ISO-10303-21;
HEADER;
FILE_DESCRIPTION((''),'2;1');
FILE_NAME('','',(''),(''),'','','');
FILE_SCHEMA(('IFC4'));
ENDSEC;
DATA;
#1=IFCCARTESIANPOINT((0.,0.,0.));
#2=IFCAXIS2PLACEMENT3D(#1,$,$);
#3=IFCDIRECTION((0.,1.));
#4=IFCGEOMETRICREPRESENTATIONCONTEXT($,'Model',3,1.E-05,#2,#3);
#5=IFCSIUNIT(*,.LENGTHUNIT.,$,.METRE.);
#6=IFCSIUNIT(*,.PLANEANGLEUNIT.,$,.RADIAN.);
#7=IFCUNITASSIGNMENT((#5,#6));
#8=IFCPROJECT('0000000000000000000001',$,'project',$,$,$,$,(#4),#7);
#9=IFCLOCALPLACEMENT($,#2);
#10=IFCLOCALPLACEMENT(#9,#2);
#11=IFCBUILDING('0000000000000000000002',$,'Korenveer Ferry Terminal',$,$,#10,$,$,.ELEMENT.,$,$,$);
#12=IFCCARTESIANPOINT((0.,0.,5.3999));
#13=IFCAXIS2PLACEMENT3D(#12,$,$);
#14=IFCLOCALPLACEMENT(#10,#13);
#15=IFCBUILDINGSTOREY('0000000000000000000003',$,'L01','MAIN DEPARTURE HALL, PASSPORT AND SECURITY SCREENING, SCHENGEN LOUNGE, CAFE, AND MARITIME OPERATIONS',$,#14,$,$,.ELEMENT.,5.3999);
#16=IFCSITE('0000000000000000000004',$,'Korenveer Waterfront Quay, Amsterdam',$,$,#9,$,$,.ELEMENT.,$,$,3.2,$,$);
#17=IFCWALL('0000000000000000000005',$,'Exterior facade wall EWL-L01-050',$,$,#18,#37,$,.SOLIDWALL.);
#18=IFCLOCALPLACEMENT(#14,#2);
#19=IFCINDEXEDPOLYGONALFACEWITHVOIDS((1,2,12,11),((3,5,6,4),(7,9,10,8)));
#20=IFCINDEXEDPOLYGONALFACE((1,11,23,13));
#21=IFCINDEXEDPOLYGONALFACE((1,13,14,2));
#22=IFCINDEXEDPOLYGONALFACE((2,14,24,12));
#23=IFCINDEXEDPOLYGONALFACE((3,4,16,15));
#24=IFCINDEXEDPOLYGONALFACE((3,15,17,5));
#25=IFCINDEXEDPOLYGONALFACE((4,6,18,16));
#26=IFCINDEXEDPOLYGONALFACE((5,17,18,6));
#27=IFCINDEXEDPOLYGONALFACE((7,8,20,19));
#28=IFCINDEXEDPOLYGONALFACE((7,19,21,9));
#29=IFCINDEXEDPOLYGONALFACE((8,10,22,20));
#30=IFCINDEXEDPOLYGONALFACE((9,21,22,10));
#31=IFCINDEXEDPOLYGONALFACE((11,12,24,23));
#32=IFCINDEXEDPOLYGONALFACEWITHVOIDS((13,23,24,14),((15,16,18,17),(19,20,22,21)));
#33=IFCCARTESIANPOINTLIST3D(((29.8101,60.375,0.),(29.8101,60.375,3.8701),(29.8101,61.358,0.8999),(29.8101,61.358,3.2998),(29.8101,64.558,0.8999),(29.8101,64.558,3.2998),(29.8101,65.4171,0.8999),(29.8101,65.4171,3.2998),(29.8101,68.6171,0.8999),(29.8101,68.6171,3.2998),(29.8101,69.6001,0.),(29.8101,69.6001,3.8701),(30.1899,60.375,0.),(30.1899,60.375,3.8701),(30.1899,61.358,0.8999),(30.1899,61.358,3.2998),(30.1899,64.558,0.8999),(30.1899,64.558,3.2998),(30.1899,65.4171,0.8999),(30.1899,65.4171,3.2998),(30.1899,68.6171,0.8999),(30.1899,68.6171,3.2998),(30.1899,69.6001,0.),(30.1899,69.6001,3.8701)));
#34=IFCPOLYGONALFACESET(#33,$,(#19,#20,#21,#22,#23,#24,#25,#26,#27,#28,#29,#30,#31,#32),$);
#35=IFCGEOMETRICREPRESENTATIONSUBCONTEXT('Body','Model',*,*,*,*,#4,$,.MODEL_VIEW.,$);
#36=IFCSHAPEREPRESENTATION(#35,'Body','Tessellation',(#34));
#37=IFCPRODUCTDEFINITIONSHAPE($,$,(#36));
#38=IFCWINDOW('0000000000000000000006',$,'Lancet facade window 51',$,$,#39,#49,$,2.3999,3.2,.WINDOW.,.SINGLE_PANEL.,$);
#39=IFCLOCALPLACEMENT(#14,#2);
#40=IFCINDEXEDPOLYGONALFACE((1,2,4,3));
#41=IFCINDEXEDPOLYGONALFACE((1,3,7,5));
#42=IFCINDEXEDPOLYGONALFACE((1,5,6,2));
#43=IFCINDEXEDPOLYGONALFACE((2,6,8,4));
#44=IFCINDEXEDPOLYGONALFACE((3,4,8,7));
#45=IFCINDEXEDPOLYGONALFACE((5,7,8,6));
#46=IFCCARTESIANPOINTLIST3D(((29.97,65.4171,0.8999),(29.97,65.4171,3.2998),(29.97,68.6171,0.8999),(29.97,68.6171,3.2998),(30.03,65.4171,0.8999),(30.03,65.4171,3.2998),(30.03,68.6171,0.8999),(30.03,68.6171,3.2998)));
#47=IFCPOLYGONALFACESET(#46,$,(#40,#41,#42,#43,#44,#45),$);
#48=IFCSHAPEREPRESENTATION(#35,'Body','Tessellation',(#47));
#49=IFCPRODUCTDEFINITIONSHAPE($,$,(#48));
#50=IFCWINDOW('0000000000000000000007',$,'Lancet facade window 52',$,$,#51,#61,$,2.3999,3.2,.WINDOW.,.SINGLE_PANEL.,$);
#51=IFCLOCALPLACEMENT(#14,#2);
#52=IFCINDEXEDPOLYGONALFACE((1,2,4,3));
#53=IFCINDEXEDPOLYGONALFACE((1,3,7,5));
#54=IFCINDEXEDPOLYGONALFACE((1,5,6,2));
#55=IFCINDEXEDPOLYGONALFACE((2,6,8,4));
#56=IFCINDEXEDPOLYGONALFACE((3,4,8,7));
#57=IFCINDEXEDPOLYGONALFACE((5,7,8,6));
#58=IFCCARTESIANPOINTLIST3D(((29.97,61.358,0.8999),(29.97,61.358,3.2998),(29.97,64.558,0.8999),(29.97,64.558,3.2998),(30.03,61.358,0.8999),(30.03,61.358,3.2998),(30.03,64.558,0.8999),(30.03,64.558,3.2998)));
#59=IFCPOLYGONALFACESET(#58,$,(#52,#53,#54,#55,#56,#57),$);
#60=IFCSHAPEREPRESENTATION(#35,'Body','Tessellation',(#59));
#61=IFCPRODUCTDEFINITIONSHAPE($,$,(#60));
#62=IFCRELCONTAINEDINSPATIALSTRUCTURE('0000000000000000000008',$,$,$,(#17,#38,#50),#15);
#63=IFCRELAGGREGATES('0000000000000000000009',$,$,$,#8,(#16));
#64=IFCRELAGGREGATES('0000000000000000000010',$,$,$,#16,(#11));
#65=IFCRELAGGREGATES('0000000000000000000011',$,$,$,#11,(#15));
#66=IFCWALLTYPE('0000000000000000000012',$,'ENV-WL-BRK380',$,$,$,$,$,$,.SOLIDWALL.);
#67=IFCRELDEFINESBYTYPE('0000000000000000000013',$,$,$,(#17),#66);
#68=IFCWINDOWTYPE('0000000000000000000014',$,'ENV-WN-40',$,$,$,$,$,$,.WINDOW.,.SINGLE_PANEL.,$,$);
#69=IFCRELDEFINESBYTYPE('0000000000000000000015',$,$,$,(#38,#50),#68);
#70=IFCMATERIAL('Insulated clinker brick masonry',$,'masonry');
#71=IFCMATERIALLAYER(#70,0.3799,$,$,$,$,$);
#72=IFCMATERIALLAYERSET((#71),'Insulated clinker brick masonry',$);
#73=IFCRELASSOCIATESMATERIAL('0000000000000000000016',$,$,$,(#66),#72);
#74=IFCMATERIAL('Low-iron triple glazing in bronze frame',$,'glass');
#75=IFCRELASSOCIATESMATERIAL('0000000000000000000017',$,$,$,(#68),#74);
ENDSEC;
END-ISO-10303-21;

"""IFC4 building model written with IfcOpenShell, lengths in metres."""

from ifc_helpers import new_model, si_unit, direction, frame, frame_2d, origin, place, context, subcontext, project, spatial, rectangle, extrude, material, layer, layer_set, type_object, element, fill, save


model = new_model("IFC4")

# Units and contexts
model_context = context("Model", 3, precision=1e-05, world=origin(), true_north=direction((0.0, 1.0)))
body_context = subcontext(model_context, "Body", "Model", "MODEL_VIEW")
ifc_project = project(units=[si_unit("LENGTHUNIT", "METRE"), si_unit("PLANEANGLEUNIT", "RADIAN")], contexts=[model_context])

# Site, building, storey
site_placement = place(None, origin())
site = spatial("IfcSite", under=ifc_project, at=site_placement, Name="Korenveer Waterfront Quay, Amsterdam", CompositionType="ELEMENT", RefElevation=3.2)
building_placement = place(site_placement, origin())
building = spatial("IfcBuilding", under=site, at=building_placement, Name="Korenveer Ferry Terminal", CompositionType="ELEMENT")
storey_placement = place(building_placement, frame((0.0, 0.0, 5.3999)))
storey = spatial("IfcBuildingStorey", under=building, at=storey_placement, Name="L01", Description="MAIN DEPARTURE HALL, PASSPORT AND SECURITY SCREENING, SCHENGEN LOUNGE, CAFE, AND MARITIME OPERATIONS", CompositionType="ELEMENT", Elevation=5.3999)

# Wall, openings, windows
ifc_material_1 = material(Name="Insulated clinker brick masonry", Category="masonry")
ifc_layer_1 = layer(ifc_material_1, 0.3799)
ifc_layer_set_1 = layer_set([ifc_layer_1], Name="Insulated clinker brick masonry")
wall_type = type_object("IfcWallType", Name="ENV-WL-BRK380", PredefinedType="SOLIDWALL", material=ifc_layer_set_1)
ifc_material_2 = material(Name="Low-iron triple glazing in bronze frame", Category="glass")
wall_1_placement = place(storey_placement, frame((30.0, 69.6001, 0.0), z_axis=(0.0, 0.0, 1.0), x_axis=(0.0, -1.0, 0.0)))
wall_1 = element("IfcWall", 1, at=wall_1_placement, inside=storey, type_object=wall_type, Name="Exterior facade wall EWL-L01-050", PredefinedType="SOLIDWALL", context=body_context, shape_type="SweptSolid", body=[
    extrude(rectangle(XDim=9.2251, YDim=0.3799, at=frame_2d((4.6125, 0.0))), origin(), (0.0, 0.0, 1.0), 3.8701),
])
opening_1_placement = place(wall_1_placement, frame((0.9829, 0.0, 0.8999)))
opening_1 = element("IfcOpeningElement", 2, at=opening_1_placement, cuts=wall_1, PredefinedType="OPENING", context=body_context, shape_type="SweptSolid", body=[
    extrude(rectangle(XDim=3.2, YDim=2.3999, at=frame_2d((1.6001, 1.2))), frame((0.0, 0.2, 0.0), z_axis=(0.0, -1.0, 0.0), x_axis=(1.0, 0.0, 0.0)), (0.0, 0.0, 1.0), 0.3999),
])
opening_2_placement = place(wall_1_placement, frame((5.042, 0.0, 0.8999)))
opening_2 = element("IfcOpeningElement", 3, at=opening_2_placement, cuts=wall_1, PredefinedType="OPENING", context=body_context, shape_type="SweptSolid", body=[
    extrude(rectangle(XDim=3.2, YDim=2.3999, at=frame_2d((1.6001, 1.2))), frame((0.0, 0.2, 0.0), z_axis=(0.0, -1.0, 0.0), x_axis=(1.0, 0.0, 0.0)), (0.0, 0.0, 1.0), 0.3999),
])
window_type_1 = type_object("IfcWindowType", Name="ENV-WN-40", PartitioningType="SINGLE_PANEL", PredefinedType="WINDOW", material=ifc_material_2)
window_1_placement = place(opening_1_placement, origin())
window_1 = element("IfcWindow", 4, at=window_1_placement, inside=storey, type_object=window_type_1, Name="Lancet facade window 51", OverallHeight=2.3999, OverallWidth=3.2, PartitioningType="SINGLE_PANEL", PredefinedType="WINDOW", context=body_context, shape_type="SweptSolid", body=[
    extrude(rectangle(XDim=3.2, YDim=2.3999, at=frame_2d((1.6001, 1.2))), frame((0.0, 0.03, 0.0), z_axis=(0.0, -1.0, 0.0), x_axis=(1.0, 0.0, 0.0)), (0.0, 0.0, 1.0), 0.0601),
])
fill(opening_1, window_1)
window_2_placement = place(opening_2_placement, origin())
window_2 = element("IfcWindow", 5, at=window_2_placement, inside=storey, type_object=window_type_1, Name="Lancet facade window 52", OverallHeight=2.3999, OverallWidth=3.2, PartitioningType="SINGLE_PANEL", PredefinedType="WINDOW", context=body_context, shape_type="SweptSolid", body=[
    extrude(rectangle(XDim=3.2, YDim=2.3999, at=frame_2d((1.6001, 1.2))), frame((0.0, 0.03, 0.0), z_axis=(0.0, -1.0, 0.0), x_axis=(1.0, 0.0, 0.0)), (0.0, 0.0, 1.0), 0.0601),
])
fill(opening_2, window_2)

save(model, "model.ifc")
